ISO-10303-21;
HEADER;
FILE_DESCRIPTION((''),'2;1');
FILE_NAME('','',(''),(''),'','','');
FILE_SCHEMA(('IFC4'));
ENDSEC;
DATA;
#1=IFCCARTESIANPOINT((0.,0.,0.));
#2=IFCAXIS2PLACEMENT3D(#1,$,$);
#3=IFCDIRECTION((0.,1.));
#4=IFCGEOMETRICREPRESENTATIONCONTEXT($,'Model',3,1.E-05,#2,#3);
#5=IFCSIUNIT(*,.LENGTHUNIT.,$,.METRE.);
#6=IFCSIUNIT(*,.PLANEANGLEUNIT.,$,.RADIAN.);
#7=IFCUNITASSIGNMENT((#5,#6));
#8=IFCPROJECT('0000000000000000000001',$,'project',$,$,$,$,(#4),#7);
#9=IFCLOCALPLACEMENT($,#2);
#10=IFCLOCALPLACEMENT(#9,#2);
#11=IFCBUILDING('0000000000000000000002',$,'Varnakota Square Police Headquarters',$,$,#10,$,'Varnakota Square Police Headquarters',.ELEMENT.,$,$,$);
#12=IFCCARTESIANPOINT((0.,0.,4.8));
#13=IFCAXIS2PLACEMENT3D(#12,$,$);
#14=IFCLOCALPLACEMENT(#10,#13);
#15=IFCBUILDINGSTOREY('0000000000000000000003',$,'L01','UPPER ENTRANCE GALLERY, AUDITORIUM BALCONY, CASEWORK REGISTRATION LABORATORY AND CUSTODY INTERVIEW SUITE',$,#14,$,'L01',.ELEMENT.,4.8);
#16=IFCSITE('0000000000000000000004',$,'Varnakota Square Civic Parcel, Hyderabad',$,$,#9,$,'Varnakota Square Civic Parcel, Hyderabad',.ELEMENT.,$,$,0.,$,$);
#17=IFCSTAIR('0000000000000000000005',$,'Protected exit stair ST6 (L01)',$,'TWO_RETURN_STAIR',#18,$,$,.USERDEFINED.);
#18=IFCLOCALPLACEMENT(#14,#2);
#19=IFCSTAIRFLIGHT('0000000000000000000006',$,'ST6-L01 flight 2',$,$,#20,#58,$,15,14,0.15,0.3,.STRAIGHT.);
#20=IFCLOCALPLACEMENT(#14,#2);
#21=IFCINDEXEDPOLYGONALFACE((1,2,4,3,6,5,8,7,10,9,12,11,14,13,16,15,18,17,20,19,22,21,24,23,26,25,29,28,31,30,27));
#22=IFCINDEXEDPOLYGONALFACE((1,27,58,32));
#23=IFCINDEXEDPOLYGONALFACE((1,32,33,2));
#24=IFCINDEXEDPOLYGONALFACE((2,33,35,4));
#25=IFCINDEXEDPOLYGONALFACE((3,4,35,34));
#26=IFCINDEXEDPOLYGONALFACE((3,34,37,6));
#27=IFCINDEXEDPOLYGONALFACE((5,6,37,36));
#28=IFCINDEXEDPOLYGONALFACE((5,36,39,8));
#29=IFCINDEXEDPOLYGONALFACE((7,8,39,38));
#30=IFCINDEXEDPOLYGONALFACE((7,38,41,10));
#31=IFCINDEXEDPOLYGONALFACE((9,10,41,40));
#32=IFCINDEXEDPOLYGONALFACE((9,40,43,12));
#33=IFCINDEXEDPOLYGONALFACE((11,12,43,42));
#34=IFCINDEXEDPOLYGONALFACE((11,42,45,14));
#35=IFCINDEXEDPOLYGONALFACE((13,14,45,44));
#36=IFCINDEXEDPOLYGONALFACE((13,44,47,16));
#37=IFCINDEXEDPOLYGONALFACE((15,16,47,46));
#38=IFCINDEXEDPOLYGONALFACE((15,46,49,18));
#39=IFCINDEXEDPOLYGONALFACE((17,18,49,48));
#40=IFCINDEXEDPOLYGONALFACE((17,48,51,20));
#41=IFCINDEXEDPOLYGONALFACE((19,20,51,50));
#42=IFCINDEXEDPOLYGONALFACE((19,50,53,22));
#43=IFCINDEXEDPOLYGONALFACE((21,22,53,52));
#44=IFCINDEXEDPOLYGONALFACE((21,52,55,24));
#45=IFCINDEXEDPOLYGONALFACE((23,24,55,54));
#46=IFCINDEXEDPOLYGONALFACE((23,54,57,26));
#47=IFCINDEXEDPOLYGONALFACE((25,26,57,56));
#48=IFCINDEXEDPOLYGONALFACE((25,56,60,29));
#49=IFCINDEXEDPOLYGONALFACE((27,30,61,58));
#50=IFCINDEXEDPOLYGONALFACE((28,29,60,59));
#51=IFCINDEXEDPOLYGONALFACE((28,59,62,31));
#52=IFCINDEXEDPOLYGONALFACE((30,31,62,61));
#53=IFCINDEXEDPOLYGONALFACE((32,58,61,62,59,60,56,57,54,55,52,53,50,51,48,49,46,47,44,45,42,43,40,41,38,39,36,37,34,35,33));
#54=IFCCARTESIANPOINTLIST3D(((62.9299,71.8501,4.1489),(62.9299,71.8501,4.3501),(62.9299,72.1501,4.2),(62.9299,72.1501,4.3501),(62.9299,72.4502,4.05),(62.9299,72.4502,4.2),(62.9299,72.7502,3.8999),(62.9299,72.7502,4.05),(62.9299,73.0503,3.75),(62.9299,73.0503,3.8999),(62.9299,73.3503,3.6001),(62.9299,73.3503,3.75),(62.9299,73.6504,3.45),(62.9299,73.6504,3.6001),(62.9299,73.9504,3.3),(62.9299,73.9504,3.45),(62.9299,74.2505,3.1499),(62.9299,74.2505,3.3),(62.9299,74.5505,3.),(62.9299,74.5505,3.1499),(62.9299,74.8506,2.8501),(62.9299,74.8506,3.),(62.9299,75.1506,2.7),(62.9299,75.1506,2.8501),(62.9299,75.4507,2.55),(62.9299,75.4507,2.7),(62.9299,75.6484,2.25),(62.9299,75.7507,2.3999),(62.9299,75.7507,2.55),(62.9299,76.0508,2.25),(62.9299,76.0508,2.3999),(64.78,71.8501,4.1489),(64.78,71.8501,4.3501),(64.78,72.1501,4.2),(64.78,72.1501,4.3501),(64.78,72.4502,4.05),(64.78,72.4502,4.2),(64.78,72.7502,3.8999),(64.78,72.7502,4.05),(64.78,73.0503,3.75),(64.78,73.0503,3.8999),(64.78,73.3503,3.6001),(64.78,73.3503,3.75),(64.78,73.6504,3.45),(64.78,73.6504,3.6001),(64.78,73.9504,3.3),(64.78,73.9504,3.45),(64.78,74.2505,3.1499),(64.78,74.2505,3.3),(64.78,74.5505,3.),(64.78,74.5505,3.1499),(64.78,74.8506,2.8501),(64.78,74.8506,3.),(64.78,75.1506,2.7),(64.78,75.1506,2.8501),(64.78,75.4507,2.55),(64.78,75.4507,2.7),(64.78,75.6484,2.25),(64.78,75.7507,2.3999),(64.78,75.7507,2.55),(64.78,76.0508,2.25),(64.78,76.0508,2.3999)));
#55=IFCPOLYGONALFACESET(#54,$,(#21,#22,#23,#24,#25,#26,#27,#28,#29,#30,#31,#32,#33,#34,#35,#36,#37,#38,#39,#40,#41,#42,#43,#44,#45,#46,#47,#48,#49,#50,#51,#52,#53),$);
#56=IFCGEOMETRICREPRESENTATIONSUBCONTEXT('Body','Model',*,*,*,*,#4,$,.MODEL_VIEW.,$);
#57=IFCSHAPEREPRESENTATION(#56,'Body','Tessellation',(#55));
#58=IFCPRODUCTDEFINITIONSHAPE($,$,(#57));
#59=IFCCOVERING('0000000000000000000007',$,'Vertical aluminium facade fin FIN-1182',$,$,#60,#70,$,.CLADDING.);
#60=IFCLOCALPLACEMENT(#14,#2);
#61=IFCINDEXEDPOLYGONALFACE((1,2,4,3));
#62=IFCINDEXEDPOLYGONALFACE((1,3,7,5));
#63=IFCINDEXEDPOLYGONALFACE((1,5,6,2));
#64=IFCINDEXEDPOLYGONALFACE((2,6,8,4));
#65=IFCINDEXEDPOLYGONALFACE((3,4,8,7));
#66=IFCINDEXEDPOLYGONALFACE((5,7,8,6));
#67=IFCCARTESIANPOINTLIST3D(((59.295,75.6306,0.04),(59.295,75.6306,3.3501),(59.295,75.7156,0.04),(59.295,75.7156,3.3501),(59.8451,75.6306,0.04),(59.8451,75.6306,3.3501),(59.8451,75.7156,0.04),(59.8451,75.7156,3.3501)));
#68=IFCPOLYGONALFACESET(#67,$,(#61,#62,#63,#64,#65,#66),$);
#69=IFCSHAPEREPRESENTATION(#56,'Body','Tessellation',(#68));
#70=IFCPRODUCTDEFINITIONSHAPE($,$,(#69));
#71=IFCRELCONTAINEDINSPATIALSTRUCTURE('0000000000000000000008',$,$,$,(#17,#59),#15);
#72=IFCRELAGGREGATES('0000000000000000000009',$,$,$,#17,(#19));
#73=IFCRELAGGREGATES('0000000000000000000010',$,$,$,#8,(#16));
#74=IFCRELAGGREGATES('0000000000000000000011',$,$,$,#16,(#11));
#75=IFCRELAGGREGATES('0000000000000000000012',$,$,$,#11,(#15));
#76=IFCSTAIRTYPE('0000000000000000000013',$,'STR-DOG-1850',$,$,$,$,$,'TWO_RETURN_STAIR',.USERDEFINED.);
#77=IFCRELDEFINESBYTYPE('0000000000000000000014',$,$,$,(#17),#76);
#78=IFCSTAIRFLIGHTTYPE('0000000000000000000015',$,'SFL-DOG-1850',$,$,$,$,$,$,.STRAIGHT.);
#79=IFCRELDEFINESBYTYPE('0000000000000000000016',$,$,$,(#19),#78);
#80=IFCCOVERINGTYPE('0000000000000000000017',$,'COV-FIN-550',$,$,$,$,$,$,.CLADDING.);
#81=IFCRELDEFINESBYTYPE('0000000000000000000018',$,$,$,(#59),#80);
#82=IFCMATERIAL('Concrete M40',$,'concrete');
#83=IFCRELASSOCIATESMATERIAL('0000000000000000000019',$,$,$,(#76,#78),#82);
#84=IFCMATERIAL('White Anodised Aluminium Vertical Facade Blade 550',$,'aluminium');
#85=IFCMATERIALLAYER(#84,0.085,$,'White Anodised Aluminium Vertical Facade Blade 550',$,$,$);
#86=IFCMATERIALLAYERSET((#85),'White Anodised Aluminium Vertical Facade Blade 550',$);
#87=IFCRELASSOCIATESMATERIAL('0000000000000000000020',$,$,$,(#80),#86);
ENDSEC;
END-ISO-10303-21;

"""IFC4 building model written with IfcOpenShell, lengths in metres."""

from ifc_helpers import new_model, si_unit, direction, frame, origin, origin_2d, place, context, subcontext, project, spatial, polyline, rectangle, outline, extrude, material, layer, layer_set, type_object, element, aggregate, save


model = new_model("IFC4")

# Units and contexts
model_context = context("Model", 3, precision=1e-05, world=origin(), true_north=direction((0.0, 1.0)))
body_context = subcontext(model_context, "Body", "Model", "MODEL_VIEW")
ifc_project = project(units=[si_unit("LENGTHUNIT", "METRE"), si_unit("PLANEANGLEUNIT", "RADIAN")], contexts=[model_context])

# Site, building, storey
site_placement = place(None, origin())
site = spatial("IfcSite", under=ifc_project, at=site_placement, Name="Varnakota Square Civic Parcel, Hyderabad", LongName="Varnakota Square Civic Parcel, Hyderabad", CompositionType="ELEMENT", RefElevation=0.0)
building_placement = place(site_placement, origin())
building = spatial("IfcBuilding", under=site, at=building_placement, Name="Varnakota Square Police Headquarters", LongName="Varnakota Square Police Headquarters", CompositionType="ELEMENT")
storey_placement = place(building_placement, frame((0.0, 0.0, 4.8)))
storey = spatial("IfcBuildingStorey", under=building, at=storey_placement, Name="L01", Description="UPPER ENTRANCE GALLERY, AUDITORIUM BALCONY, CASEWORK REGISTRATION LABORATORY AND CUSTODY INTERVIEW SUITE", LongName="L01", CompositionType="ELEMENT", Elevation=4.8)

# Shared definitions
ifc_material_1 = material(Name="Concrete M40", Category="concrete")

# Stair, stair flight
stair_type = type_object("IfcStairType", Name="STR-DOG-1850", ElementType="TWO_RETURN_STAIR", PredefinedType="USERDEFINED", material=ifc_material_1)
stair_placement = place(storey_placement, origin())
stair = element("IfcStair", 1, at=stair_placement, inside=storey, type_object=stair_type, Name="Protected exit stair ST6 (L01)", ObjectType="TWO_RETURN_STAIR", PredefinedType="USERDEFINED")
stair_flight_type = type_object("IfcStairFlightType", Name="SFL-DOG-1850", PredefinedType="STRAIGHT", material=ifc_material_1)
stair_flight_1_placement = place(storey_placement, frame((63.855, 76.0508, 2.25), z_axis=(0.0, 0.0, 1.0), x_axis=(0.0, -1.0, 0.0)))
stair_flight_1 = element("IfcStairFlight", 2, at=stair_flight_1_placement, type_object=stair_flight_type, Name="ST6-L01 flight 2", NumberOfRisers=15, NumberOfTreads=14, PredefinedType="STRAIGHT", RiserHeight=0.15, TreadLength=0.3, context=body_context, shape_type="SweptSolid", body=[
    extrude(outline(polyline([(0.0, 0.0), (0.0, 0.1499), (0.3, 0.1499), (0.3, 0.3), (0.6001, 0.3), (0.6001, 0.45), (0.9001, 0.45), (0.9001, 0.6001), (1.2002, 0.6001), (1.2002, 0.75), (1.5002, 0.75), (1.5002, 0.8999), (1.8003, 0.8999), (1.8003, 1.05), (2.1003, 1.05), (2.1003, 1.2), (2.4004, 1.2), (2.4004, 1.3501), (2.7004, 1.3501), (2.7004, 1.5), (3.0005, 1.5), (3.0005, 1.6499), (3.3005, 1.6499), (3.3005, 1.8), (3.6006, 1.8), (3.6006, 1.95), (3.9006, 1.95), (3.9006, 2.1001), (4.2007, 2.1001), (4.2007, 2.25), (4.2007, 1.8989), (0.4023, 0.0), (0.0, 0.0)])), frame((0.0, 0.925, 0.0), z_axis=(0.0, -1.0, 0.0), x_axis=(1.0, 0.0, 0.0)), (0.0, 0.0, 1.0), 1.8501),
])
aggregate(stair, [stair_flight_1])

# Covering
ifc_material_2 = material(Name="White Anodised Aluminium Vertical Facade Blade 550", Category="aluminium")
ifc_layer_1 = layer(ifc_material_2, 0.085, Name="White Anodised Aluminium Vertical Facade Blade 550")
ifc_layer_set_1 = layer_set([ifc_layer_1], Name="White Anodised Aluminium Vertical Facade Blade 550")
covering_type = type_object("IfcCoveringType", Name="COV-FIN-550", PredefinedType="CLADDING", material=ifc_layer_set_1)
covering_placement = place(storey_placement, frame((59.5701, 75.6731, 0.04), z_axis=(0.0, 0.0, 1.0), x_axis=(0.0, 1.0, 0.0)))
element("IfcCovering", 3, at=covering_placement, inside=storey, type_object=covering_type, Name="Vertical aluminium facade fin FIN-1182", PredefinedType="CLADDING", context=body_context, shape_type="SweptSolid", body=[
    extrude(rectangle(XDim=0.085, YDim=0.55, at=origin_2d()), origin(), (0.0, 0.0, 1.0), 3.3101),
])

save(model, "model.ifc")
